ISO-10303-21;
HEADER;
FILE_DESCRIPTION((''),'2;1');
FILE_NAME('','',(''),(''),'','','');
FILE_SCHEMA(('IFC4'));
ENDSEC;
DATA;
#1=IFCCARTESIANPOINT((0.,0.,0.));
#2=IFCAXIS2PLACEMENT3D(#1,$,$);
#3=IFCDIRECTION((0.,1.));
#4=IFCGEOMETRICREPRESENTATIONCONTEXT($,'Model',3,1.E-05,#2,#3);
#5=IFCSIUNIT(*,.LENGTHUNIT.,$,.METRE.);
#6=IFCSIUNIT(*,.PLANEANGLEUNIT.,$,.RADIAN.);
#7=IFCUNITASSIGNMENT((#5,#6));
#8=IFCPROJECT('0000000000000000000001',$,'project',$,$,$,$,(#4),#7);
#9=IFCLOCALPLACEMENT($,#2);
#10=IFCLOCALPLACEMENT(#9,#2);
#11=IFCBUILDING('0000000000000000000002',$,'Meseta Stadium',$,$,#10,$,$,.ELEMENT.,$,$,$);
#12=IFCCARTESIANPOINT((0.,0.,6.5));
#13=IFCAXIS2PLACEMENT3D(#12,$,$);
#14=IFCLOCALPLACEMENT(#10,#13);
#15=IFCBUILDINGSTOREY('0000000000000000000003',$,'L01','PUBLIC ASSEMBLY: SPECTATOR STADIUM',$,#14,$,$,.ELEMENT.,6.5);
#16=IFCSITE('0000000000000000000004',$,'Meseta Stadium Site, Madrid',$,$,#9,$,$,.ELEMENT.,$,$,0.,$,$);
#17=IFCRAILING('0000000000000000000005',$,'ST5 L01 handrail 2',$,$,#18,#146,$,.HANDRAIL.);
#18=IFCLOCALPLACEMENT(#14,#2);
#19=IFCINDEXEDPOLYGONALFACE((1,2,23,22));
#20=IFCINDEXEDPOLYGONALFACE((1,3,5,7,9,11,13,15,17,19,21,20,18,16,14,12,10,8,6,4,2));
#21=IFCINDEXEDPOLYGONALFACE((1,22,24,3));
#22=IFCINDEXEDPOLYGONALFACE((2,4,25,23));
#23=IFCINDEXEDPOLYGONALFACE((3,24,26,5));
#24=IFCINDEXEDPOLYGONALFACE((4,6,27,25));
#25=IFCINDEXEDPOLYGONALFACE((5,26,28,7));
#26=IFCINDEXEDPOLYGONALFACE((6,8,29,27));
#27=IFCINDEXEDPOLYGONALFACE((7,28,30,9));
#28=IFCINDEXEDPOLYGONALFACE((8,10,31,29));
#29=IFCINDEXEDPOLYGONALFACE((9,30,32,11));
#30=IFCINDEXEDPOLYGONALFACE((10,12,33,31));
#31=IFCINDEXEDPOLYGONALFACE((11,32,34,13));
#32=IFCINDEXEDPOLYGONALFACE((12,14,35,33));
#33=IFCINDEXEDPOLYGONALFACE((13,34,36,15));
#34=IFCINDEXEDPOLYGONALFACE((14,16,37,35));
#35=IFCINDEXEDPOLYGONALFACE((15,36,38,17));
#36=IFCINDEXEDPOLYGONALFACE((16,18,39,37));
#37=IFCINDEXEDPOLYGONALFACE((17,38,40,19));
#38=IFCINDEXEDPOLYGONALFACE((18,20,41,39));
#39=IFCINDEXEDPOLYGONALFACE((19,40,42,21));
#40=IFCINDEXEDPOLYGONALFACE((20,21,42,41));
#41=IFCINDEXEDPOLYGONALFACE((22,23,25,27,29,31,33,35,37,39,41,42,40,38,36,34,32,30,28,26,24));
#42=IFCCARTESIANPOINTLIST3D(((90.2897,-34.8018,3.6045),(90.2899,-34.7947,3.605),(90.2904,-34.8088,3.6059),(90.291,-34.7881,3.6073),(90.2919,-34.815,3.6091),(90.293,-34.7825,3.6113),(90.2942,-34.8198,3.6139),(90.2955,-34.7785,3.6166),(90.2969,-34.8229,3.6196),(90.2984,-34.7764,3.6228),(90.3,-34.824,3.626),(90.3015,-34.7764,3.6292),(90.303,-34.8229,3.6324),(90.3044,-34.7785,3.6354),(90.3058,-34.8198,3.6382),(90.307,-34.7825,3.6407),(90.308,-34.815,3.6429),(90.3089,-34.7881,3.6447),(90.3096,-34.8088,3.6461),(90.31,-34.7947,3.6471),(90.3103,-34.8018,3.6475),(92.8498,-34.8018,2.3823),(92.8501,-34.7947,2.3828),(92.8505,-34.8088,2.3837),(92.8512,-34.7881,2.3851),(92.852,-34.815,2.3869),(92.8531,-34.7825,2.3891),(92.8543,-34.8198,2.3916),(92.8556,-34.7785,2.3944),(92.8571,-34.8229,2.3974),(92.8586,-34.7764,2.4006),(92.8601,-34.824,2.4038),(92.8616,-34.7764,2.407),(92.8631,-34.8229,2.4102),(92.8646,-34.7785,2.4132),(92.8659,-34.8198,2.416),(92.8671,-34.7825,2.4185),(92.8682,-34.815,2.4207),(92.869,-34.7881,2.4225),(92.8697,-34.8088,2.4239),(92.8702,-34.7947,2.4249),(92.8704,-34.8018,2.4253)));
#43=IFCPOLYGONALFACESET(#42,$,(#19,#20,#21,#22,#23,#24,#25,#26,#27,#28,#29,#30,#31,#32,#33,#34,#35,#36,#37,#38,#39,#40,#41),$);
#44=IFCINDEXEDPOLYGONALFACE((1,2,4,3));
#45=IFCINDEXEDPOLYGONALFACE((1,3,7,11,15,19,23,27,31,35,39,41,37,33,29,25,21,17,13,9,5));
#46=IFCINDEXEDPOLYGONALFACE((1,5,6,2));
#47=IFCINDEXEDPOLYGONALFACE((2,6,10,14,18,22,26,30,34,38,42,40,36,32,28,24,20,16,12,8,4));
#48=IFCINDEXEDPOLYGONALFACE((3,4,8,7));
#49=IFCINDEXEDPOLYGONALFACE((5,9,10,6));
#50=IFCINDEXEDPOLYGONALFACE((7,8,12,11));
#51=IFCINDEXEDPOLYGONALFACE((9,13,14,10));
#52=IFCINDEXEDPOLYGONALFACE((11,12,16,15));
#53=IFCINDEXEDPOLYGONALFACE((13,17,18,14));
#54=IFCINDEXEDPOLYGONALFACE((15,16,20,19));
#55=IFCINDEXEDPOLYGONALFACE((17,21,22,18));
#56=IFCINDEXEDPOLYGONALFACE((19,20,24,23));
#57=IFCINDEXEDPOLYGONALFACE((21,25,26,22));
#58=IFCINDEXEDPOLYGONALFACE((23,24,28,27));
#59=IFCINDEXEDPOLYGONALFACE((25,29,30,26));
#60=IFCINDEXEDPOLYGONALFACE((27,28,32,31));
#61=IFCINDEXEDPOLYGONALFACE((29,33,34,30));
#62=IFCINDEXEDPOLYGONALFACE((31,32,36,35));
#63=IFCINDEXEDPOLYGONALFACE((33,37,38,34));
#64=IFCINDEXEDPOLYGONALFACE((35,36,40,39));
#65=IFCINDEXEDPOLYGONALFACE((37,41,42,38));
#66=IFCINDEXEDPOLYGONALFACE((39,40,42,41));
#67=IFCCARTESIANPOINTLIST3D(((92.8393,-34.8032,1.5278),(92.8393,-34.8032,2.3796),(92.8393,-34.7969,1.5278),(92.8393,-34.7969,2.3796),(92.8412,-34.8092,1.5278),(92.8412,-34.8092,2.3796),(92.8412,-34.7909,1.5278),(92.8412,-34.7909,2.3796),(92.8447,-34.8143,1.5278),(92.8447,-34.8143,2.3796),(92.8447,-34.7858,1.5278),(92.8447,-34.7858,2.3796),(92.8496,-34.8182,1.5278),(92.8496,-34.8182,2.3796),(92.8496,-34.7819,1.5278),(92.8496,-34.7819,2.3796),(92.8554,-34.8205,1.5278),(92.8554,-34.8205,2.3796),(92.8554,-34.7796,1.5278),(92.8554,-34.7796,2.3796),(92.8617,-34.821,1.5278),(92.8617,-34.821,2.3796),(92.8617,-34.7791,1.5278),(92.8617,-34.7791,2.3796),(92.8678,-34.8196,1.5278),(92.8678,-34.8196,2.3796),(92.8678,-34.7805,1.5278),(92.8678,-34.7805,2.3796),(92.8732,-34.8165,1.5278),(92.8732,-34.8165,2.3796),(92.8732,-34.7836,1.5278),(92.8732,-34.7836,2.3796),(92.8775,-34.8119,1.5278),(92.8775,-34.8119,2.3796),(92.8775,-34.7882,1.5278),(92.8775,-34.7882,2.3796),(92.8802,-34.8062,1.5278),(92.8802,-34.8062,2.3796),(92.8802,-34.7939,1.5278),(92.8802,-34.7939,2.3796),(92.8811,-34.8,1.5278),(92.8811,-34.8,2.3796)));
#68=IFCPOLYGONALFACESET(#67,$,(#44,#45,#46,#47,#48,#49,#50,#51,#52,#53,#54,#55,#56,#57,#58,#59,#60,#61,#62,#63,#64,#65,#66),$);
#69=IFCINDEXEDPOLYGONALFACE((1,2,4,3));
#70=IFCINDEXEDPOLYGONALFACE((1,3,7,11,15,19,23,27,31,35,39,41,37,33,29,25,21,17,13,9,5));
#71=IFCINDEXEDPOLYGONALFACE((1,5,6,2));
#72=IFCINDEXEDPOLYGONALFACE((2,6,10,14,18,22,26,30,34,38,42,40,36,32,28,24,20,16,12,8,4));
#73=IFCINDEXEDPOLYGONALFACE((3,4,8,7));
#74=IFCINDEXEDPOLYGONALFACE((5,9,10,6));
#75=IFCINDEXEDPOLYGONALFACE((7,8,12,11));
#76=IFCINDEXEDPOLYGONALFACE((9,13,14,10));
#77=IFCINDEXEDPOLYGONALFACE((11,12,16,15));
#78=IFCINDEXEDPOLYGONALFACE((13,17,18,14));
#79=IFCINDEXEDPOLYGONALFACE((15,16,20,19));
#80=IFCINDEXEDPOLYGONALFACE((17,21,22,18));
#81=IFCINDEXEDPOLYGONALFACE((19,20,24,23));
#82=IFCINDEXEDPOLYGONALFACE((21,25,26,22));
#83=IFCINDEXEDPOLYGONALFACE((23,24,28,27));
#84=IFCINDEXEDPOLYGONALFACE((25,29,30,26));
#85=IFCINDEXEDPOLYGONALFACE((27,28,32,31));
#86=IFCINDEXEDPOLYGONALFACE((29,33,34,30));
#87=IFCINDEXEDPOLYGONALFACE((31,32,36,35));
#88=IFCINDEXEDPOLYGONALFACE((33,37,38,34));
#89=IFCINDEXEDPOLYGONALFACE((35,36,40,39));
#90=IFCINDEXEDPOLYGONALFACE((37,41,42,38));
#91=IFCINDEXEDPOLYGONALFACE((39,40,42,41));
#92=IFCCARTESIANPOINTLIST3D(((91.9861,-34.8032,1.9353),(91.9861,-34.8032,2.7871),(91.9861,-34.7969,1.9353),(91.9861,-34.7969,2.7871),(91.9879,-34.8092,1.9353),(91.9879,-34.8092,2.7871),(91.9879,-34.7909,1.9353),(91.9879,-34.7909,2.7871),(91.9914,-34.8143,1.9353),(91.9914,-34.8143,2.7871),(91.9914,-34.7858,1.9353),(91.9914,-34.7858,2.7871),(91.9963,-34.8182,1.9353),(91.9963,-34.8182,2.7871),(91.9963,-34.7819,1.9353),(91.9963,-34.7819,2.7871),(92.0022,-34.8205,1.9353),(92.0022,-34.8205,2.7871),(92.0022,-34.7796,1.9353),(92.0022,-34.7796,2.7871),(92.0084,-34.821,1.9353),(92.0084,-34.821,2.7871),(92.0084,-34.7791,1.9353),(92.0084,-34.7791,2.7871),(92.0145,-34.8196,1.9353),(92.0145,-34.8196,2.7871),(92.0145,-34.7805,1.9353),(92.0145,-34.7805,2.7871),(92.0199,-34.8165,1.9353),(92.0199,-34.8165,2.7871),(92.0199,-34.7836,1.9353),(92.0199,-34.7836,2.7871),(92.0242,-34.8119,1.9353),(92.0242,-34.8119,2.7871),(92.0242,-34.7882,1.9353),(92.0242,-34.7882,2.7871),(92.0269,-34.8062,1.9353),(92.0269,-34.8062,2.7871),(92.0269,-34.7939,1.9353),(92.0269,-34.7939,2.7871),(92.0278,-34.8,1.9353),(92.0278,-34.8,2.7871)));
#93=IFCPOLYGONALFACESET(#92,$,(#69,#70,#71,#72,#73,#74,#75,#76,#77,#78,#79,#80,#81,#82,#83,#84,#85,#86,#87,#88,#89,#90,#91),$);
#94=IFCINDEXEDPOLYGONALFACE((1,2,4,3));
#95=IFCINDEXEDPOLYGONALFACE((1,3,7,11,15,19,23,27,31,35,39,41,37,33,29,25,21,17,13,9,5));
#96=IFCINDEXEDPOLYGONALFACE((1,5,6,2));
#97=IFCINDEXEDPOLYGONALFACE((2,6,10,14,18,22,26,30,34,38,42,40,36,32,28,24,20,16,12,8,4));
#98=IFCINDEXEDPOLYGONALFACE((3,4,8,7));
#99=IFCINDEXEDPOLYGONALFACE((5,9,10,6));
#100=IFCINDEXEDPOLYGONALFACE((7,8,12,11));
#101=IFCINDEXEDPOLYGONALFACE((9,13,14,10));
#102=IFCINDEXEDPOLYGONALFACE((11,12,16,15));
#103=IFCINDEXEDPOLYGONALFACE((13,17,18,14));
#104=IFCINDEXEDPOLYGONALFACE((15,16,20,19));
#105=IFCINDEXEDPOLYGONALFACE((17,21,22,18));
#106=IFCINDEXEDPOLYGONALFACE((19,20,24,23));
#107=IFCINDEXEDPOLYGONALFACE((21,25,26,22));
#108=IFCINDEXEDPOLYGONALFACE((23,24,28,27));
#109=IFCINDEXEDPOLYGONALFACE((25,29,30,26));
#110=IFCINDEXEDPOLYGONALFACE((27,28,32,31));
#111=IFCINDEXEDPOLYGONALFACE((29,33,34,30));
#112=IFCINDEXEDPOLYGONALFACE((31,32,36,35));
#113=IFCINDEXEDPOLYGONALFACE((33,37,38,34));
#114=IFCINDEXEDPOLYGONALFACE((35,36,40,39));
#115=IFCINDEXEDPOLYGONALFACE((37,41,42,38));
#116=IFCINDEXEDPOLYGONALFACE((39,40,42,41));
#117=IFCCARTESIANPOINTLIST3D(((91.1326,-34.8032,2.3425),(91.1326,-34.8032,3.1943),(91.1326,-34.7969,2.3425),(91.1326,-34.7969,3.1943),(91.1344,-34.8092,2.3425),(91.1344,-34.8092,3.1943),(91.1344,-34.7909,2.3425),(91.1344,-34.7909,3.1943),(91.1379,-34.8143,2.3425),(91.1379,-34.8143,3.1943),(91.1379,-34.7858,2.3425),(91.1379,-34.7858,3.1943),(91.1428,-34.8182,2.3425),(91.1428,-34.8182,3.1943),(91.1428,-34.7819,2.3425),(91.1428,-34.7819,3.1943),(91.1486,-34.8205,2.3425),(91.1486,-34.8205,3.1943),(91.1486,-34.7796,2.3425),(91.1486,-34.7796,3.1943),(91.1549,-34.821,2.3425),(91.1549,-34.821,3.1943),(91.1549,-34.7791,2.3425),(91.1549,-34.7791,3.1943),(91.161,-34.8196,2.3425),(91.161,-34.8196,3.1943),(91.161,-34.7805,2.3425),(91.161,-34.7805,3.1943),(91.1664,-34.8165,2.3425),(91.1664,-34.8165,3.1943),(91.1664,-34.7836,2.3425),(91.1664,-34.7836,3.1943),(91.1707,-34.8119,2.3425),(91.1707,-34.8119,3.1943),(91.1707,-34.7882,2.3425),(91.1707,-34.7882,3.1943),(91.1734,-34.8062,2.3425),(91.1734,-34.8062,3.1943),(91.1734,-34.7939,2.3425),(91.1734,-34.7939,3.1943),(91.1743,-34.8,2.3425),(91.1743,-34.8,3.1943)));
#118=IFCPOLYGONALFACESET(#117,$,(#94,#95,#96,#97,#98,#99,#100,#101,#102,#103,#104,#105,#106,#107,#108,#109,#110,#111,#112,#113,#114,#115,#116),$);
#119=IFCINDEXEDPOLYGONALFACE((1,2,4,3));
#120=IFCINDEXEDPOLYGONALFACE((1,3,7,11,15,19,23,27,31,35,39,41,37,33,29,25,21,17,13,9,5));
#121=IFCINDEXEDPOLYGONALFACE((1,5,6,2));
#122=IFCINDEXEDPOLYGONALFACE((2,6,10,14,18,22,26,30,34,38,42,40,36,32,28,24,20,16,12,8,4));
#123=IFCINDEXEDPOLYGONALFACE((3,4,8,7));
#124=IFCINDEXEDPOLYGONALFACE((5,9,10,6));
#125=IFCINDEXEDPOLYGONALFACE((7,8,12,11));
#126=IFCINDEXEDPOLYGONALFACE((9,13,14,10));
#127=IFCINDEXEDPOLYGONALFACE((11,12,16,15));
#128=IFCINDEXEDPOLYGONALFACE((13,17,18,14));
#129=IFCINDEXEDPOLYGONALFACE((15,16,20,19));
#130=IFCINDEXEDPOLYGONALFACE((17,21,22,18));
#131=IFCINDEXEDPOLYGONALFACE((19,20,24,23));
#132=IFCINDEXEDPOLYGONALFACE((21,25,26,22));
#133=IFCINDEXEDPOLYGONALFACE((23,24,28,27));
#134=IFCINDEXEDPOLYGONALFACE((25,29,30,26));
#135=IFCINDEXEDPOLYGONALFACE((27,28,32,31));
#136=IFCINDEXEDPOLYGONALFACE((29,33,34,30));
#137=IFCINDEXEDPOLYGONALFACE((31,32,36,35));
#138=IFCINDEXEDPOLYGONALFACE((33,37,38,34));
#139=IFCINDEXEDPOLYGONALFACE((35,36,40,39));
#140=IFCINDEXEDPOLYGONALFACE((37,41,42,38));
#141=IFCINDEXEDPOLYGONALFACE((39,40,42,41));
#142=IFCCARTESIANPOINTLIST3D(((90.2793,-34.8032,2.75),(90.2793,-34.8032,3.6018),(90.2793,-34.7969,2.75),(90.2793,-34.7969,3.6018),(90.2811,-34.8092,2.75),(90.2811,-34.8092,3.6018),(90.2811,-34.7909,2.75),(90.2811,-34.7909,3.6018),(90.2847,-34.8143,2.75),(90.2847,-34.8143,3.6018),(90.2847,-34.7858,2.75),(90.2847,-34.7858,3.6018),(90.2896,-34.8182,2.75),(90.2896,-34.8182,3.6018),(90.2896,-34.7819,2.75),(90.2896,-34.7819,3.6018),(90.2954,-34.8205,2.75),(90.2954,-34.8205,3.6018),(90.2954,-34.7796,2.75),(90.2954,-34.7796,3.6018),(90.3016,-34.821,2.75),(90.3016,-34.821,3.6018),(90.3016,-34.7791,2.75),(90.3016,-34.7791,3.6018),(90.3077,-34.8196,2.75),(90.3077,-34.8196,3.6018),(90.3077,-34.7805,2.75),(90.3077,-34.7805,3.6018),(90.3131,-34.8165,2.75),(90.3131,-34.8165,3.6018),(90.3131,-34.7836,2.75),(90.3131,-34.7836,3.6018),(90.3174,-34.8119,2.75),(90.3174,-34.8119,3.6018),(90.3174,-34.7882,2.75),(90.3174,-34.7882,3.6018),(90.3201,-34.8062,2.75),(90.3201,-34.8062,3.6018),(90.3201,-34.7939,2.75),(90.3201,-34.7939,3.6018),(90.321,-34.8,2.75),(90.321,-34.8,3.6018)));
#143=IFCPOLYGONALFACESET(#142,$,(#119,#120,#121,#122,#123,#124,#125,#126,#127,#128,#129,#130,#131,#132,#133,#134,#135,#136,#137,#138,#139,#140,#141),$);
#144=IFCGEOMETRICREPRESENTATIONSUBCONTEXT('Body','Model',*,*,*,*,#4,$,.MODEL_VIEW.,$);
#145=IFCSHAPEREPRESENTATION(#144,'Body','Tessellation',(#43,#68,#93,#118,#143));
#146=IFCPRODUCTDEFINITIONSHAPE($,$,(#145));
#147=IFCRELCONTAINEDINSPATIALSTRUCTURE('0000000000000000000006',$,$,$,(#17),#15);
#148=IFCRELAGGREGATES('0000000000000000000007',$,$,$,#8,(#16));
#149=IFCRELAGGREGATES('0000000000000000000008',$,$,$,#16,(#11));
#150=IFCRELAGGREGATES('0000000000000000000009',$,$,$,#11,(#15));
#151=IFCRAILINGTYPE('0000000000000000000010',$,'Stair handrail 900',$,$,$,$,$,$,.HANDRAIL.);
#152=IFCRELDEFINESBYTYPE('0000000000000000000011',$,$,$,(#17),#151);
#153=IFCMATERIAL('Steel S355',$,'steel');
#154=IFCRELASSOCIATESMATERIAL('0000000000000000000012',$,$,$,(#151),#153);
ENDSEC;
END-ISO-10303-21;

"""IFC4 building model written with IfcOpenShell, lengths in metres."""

from ifc_helpers import new_model, si_unit, direction, frame, origin, origin_2d, place, context, subcontext, project, spatial, circle, extrude, material, type_object, element, save


model = new_model("IFC4")

# Units and contexts
model_context = context("Model", 3, precision=1e-05, world=origin(), true_north=direction((0.0, 1.0)))
body_context = subcontext(model_context, "Body", "Model", "MODEL_VIEW")
ifc_project = project(units=[si_unit("LENGTHUNIT", "METRE"), si_unit("PLANEANGLEUNIT", "RADIAN")], contexts=[model_context])

# Site, building, storey
site_placement = place(None, origin())
site = spatial("IfcSite", under=ifc_project, at=site_placement, Name="Meseta Stadium Site, Madrid", CompositionType="ELEMENT", RefElevation=0.0)
building_placement = place(site_placement, origin())
building = spatial("IfcBuilding", under=site, at=building_placement, Name="Meseta Stadium", CompositionType="ELEMENT")
storey_placement = place(building_placement, frame((0.0, 0.0, 6.5)))
storey = spatial("IfcBuildingStorey", under=building, at=storey_placement, Name="L01", Description="PUBLIC ASSEMBLY: SPECTATOR STADIUM", CompositionType="ELEMENT", Elevation=6.5)

# Railing
ifc_material_1 = material(Name="Steel S355", Category="steel")
railing_type_1 = type_object("IfcRailingType", Name="Stair handrail 900", PredefinedType="HANDRAIL", material=ifc_material_1)
for number, where, name in (
    (1, (92.8601, -34.8, 1.5278), "ST5 L01 handrail 2"),
):
    element("IfcRailing", number, at=place(storey_placement, frame(where)), inside=storey, type_object=railing_type_1, Name=name, PredefinedType="HANDRAIL", context=body_context, shape_type="SweptSolid", body=[
        extrude(circle(Radius=0.0239, at=origin_2d()), frame((0.0, 0.0, 0.876), z_axis=(-0.902437, 0.0, 0.430822), x_axis=(0.0, -1.0, 0.0)), (0.0, 0.0, 1.0), 2.8369),
        extrude(circle(Radius=0.021, at=origin_2d()), origin(), (0.0, 0.0, 1.0), 0.8518),
        extrude(circle(Radius=0.021, at=origin_2d()), frame((-0.8533, 0.0, 0.4075)), (0.0, 0.0, 1.0), 0.8518),
        extrude(circle(Radius=0.021, at=origin_2d()), frame((-1.7068, 0.0, 0.8147)), (0.0, 0.0, 1.0), 0.8518),
        extrude(circle(Radius=0.021, at=origin_2d()), frame((-2.5601, 0.0, 1.2222)), (0.0, 0.0, 1.0), 0.8518),
    ])

save(model, "model.ifc")
